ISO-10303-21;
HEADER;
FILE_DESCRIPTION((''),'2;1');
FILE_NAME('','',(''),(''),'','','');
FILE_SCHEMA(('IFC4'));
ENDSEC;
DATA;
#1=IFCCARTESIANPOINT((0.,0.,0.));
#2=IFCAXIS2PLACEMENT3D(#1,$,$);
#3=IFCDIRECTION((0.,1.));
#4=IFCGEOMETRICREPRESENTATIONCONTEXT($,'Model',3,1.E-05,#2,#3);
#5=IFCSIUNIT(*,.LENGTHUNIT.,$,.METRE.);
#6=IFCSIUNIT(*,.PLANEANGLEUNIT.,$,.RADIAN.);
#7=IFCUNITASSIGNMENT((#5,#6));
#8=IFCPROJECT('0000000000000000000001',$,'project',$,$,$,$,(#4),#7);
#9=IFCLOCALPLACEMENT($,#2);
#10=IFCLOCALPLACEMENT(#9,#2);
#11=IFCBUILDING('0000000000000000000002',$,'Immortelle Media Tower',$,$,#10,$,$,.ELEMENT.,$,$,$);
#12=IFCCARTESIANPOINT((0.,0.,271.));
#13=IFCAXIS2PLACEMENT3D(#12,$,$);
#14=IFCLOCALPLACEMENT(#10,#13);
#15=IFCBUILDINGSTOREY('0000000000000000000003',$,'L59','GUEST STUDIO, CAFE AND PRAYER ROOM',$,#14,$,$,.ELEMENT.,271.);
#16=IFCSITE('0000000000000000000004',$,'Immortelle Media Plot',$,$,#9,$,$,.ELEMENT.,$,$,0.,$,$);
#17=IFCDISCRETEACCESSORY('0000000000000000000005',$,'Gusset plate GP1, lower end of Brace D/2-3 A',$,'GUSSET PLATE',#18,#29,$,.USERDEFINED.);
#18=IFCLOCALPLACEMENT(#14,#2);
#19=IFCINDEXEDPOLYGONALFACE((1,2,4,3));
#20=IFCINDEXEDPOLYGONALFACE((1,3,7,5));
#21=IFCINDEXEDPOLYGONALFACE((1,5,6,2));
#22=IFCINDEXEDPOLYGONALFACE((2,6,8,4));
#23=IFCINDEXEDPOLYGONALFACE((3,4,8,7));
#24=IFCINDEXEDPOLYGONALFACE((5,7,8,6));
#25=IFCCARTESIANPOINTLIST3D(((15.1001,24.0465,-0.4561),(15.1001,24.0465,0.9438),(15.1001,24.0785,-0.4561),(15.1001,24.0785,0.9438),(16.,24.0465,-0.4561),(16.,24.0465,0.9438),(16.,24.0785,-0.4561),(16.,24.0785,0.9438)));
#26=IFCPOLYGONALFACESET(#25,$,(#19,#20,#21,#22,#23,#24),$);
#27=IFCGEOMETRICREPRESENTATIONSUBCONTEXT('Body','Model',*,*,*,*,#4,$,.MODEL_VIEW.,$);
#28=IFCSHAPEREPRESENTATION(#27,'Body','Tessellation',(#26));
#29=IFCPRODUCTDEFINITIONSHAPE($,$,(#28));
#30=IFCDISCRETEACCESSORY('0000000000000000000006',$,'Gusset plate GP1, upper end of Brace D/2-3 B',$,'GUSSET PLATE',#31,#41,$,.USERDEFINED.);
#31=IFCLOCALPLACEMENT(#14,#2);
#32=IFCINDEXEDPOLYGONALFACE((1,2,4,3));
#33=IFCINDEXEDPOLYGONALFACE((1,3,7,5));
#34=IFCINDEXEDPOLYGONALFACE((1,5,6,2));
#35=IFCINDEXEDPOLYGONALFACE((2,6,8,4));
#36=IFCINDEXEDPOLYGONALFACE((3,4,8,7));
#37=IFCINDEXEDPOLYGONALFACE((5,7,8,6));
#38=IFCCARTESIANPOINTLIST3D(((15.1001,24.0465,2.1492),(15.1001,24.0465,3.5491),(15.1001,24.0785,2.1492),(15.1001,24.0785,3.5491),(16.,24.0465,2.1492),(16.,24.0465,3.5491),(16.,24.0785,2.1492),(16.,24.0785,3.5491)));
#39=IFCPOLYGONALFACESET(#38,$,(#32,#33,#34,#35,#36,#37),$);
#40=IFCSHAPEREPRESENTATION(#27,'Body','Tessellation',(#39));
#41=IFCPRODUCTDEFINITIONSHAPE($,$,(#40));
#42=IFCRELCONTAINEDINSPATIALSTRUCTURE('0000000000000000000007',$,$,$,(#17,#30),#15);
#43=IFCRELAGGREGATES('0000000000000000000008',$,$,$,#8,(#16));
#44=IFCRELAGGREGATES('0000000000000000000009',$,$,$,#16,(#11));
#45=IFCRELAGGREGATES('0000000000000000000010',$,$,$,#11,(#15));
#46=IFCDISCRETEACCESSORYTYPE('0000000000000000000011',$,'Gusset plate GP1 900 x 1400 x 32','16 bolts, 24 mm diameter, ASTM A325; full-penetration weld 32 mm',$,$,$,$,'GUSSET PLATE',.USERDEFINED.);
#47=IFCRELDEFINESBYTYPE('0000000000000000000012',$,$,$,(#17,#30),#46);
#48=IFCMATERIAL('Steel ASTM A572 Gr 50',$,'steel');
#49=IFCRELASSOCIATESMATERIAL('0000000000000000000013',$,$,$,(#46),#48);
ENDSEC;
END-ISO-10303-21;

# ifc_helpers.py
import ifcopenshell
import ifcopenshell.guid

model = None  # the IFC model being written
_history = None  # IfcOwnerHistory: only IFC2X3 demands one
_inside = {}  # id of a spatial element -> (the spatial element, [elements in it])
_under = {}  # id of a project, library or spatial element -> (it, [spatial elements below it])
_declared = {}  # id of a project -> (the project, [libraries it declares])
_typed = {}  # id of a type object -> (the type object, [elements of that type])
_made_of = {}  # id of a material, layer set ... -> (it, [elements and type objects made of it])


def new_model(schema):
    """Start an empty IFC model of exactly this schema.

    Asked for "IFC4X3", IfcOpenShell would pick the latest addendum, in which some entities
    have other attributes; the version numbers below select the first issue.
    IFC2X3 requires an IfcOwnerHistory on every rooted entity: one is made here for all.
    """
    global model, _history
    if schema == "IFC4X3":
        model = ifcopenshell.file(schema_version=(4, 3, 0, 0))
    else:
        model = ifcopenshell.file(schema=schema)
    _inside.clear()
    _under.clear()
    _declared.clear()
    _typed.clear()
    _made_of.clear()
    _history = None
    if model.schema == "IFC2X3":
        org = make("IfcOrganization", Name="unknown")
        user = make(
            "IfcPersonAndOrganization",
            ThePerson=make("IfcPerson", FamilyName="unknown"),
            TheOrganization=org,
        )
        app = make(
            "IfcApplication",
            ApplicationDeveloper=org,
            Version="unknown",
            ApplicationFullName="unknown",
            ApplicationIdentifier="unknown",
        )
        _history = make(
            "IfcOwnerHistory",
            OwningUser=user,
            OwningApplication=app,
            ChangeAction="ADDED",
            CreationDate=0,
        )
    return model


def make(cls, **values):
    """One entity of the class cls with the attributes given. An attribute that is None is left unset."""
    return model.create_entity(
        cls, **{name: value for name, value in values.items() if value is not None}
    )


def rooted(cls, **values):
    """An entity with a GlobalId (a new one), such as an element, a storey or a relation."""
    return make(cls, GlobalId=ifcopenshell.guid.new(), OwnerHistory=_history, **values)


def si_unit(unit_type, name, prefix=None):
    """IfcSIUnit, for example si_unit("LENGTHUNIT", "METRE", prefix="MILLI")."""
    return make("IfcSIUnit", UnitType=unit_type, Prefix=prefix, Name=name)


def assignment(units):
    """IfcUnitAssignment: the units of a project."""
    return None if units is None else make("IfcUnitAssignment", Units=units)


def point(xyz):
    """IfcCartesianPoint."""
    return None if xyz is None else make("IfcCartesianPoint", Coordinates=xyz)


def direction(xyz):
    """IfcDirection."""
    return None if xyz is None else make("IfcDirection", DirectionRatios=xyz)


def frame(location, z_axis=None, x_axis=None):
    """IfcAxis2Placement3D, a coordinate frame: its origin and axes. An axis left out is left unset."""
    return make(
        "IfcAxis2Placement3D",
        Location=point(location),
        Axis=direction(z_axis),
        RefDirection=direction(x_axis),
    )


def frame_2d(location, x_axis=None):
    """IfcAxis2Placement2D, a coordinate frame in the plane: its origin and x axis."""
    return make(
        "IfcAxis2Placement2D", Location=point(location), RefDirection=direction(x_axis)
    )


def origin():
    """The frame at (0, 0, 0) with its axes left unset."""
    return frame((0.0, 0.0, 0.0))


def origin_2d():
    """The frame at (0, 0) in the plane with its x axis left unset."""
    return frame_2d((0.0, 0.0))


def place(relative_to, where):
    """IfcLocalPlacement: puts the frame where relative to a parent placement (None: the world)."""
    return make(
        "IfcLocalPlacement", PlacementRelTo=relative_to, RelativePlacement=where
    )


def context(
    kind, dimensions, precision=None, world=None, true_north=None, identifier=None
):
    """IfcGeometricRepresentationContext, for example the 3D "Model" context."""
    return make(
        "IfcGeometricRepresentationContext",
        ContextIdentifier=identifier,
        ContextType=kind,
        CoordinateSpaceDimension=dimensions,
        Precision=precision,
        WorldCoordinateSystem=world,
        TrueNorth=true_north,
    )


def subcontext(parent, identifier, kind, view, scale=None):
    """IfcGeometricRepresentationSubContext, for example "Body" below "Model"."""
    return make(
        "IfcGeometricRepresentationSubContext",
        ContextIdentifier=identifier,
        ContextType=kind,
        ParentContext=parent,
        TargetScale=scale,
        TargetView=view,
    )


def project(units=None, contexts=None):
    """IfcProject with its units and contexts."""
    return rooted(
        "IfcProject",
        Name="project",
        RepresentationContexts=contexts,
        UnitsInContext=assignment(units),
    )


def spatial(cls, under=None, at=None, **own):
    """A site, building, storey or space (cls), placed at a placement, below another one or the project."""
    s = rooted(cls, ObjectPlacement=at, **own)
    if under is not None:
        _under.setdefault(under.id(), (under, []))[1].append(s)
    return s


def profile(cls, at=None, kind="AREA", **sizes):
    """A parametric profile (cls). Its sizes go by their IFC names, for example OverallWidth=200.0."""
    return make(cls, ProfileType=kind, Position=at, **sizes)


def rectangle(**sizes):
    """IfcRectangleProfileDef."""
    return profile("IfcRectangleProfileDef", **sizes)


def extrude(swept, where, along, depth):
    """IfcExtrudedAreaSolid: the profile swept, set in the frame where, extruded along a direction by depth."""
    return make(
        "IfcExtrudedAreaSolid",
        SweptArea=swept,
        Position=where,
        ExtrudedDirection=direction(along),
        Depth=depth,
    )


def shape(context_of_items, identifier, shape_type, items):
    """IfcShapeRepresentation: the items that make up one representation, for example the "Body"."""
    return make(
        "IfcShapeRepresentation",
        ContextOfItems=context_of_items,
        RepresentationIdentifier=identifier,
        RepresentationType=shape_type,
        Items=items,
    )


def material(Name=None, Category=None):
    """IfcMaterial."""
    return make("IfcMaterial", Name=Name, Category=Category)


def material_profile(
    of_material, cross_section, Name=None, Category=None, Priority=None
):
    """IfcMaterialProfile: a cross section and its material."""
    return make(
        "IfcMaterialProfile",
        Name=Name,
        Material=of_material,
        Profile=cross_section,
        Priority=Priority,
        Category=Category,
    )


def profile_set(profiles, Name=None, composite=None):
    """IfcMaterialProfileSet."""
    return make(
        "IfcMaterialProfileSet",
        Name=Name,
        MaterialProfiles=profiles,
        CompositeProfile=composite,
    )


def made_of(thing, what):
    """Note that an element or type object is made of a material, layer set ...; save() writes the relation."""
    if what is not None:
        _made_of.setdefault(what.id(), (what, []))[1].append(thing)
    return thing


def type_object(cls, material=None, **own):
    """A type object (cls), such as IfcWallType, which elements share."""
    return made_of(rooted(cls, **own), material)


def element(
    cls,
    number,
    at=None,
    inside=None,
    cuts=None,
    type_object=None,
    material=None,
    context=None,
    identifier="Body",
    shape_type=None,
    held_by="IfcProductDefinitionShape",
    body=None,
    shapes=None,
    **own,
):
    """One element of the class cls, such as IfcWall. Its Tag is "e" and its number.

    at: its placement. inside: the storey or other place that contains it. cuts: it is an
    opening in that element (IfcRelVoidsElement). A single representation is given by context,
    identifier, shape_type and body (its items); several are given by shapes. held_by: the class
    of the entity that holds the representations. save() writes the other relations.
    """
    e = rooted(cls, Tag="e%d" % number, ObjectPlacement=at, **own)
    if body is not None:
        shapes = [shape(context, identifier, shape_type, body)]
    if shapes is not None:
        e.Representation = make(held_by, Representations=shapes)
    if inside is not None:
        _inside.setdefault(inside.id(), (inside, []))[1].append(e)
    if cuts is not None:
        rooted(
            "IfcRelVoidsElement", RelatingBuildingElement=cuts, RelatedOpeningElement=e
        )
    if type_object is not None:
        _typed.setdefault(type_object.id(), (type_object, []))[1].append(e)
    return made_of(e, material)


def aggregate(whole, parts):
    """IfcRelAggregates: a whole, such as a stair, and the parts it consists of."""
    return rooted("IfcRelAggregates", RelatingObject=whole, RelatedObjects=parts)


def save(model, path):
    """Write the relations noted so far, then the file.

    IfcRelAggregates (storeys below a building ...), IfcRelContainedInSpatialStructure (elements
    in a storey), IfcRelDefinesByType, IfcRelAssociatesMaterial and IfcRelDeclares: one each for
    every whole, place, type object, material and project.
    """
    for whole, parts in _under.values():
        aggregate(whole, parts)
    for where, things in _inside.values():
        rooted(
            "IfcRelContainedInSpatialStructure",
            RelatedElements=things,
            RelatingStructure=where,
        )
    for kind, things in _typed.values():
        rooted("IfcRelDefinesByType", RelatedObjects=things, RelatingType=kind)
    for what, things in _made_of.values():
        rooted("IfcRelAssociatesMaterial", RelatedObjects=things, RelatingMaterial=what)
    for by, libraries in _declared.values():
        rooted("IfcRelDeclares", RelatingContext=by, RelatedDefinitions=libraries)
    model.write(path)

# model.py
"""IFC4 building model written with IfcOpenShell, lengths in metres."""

from ifc_helpers import new_model, si_unit, direction, frame, origin, origin_2d, place, context, subcontext, project, spatial, rectangle, extrude, material, material_profile, profile_set, type_object, element, save


model = new_model("IFC4")

# Units and contexts
model_context = context("Model", 3, precision=1e-05, world=origin(), true_north=direction((0.0, 1.0)))
body_context = subcontext(model_context, "Body", "Model", "MODEL_VIEW")
ifc_project = project(units=[si_unit("LENGTHUNIT", "METRE"), si_unit("PLANEANGLEUNIT", "RADIAN")], contexts=[model_context])

# Site, building, storey
site_placement = place(None, origin())
site = spatial("IfcSite", under=ifc_project, at=site_placement, Name="Immortelle Media Plot", CompositionType="ELEMENT", RefElevation=0.0)
building_placement = place(site_placement, origin())
building = spatial("IfcBuilding", under=site, at=building_placement, Name="Immortelle Media Tower", CompositionType="ELEMENT")
storey_placement = place(building_placement, frame((0.0, 0.0, 271.0)))
storey = spatial("IfcBuildingStorey", under=building, at=storey_placement, Name="L59", Description="GUEST STUDIO, CAFE AND PRAYER ROOM", CompositionType="ELEMENT", Elevation=271.0)

# Discrete accessories
ifc_material_1 = material(Name="Steel ASTM A572 Gr 50", Category="steel")
ifc_material_profile_1 = material_profile(ifc_material_1, rectangle(XDim=0.032, YDim=1.3999, at=origin_2d()), Name="PL 32 x 1400")
ifc_profile_set_1 = profile_set([ifc_material_profile_1], Name="Steel ASTM A572 Gr 50")
discrete_accessory_type_1 = type_object("IfcDiscreteAccessoryType", Name="Gusset plate GP1 900 x 1400 x 32", Description="16 bolts, 24 mm diameter, ASTM A325; full-penetration weld 32 mm", ElementType="GUSSET PLATE", PredefinedType="USERDEFINED", material=ifc_profile_set_1)
for number, where, z_axis, x_axis, name in (
    (1, (16.0, 24.0625, 0.2439), (-1.0, 0.0, 0.0), (0.0, -1.0, 0.0), "Gusset plate GP1, lower end of Brace D/2-3 A"),
    (2, (16.0, 24.0625, 2.8491), (-1.0, 0.0, 0.0), (0.0, -1.0, 0.0), "Gusset plate GP1, upper end of Brace D/2-3 B"),
):
    element("IfcDiscreteAccessory", number, at=place(storey_placement, frame(where, z_axis=z_axis, x_axis=x_axis)), inside=storey, type_object=discrete_accessory_type_1, Name=name, ObjectType="GUSSET PLATE", PredefinedType="USERDEFINED", context=body_context, shape_type="SweptSolid", body=[
        extrude(rectangle(XDim=0.032, YDim=1.3999, at=origin_2d()), origin(), (0.0, 0.0, 1.0), 0.8999),
    ])

save(model, "model.ifc")
